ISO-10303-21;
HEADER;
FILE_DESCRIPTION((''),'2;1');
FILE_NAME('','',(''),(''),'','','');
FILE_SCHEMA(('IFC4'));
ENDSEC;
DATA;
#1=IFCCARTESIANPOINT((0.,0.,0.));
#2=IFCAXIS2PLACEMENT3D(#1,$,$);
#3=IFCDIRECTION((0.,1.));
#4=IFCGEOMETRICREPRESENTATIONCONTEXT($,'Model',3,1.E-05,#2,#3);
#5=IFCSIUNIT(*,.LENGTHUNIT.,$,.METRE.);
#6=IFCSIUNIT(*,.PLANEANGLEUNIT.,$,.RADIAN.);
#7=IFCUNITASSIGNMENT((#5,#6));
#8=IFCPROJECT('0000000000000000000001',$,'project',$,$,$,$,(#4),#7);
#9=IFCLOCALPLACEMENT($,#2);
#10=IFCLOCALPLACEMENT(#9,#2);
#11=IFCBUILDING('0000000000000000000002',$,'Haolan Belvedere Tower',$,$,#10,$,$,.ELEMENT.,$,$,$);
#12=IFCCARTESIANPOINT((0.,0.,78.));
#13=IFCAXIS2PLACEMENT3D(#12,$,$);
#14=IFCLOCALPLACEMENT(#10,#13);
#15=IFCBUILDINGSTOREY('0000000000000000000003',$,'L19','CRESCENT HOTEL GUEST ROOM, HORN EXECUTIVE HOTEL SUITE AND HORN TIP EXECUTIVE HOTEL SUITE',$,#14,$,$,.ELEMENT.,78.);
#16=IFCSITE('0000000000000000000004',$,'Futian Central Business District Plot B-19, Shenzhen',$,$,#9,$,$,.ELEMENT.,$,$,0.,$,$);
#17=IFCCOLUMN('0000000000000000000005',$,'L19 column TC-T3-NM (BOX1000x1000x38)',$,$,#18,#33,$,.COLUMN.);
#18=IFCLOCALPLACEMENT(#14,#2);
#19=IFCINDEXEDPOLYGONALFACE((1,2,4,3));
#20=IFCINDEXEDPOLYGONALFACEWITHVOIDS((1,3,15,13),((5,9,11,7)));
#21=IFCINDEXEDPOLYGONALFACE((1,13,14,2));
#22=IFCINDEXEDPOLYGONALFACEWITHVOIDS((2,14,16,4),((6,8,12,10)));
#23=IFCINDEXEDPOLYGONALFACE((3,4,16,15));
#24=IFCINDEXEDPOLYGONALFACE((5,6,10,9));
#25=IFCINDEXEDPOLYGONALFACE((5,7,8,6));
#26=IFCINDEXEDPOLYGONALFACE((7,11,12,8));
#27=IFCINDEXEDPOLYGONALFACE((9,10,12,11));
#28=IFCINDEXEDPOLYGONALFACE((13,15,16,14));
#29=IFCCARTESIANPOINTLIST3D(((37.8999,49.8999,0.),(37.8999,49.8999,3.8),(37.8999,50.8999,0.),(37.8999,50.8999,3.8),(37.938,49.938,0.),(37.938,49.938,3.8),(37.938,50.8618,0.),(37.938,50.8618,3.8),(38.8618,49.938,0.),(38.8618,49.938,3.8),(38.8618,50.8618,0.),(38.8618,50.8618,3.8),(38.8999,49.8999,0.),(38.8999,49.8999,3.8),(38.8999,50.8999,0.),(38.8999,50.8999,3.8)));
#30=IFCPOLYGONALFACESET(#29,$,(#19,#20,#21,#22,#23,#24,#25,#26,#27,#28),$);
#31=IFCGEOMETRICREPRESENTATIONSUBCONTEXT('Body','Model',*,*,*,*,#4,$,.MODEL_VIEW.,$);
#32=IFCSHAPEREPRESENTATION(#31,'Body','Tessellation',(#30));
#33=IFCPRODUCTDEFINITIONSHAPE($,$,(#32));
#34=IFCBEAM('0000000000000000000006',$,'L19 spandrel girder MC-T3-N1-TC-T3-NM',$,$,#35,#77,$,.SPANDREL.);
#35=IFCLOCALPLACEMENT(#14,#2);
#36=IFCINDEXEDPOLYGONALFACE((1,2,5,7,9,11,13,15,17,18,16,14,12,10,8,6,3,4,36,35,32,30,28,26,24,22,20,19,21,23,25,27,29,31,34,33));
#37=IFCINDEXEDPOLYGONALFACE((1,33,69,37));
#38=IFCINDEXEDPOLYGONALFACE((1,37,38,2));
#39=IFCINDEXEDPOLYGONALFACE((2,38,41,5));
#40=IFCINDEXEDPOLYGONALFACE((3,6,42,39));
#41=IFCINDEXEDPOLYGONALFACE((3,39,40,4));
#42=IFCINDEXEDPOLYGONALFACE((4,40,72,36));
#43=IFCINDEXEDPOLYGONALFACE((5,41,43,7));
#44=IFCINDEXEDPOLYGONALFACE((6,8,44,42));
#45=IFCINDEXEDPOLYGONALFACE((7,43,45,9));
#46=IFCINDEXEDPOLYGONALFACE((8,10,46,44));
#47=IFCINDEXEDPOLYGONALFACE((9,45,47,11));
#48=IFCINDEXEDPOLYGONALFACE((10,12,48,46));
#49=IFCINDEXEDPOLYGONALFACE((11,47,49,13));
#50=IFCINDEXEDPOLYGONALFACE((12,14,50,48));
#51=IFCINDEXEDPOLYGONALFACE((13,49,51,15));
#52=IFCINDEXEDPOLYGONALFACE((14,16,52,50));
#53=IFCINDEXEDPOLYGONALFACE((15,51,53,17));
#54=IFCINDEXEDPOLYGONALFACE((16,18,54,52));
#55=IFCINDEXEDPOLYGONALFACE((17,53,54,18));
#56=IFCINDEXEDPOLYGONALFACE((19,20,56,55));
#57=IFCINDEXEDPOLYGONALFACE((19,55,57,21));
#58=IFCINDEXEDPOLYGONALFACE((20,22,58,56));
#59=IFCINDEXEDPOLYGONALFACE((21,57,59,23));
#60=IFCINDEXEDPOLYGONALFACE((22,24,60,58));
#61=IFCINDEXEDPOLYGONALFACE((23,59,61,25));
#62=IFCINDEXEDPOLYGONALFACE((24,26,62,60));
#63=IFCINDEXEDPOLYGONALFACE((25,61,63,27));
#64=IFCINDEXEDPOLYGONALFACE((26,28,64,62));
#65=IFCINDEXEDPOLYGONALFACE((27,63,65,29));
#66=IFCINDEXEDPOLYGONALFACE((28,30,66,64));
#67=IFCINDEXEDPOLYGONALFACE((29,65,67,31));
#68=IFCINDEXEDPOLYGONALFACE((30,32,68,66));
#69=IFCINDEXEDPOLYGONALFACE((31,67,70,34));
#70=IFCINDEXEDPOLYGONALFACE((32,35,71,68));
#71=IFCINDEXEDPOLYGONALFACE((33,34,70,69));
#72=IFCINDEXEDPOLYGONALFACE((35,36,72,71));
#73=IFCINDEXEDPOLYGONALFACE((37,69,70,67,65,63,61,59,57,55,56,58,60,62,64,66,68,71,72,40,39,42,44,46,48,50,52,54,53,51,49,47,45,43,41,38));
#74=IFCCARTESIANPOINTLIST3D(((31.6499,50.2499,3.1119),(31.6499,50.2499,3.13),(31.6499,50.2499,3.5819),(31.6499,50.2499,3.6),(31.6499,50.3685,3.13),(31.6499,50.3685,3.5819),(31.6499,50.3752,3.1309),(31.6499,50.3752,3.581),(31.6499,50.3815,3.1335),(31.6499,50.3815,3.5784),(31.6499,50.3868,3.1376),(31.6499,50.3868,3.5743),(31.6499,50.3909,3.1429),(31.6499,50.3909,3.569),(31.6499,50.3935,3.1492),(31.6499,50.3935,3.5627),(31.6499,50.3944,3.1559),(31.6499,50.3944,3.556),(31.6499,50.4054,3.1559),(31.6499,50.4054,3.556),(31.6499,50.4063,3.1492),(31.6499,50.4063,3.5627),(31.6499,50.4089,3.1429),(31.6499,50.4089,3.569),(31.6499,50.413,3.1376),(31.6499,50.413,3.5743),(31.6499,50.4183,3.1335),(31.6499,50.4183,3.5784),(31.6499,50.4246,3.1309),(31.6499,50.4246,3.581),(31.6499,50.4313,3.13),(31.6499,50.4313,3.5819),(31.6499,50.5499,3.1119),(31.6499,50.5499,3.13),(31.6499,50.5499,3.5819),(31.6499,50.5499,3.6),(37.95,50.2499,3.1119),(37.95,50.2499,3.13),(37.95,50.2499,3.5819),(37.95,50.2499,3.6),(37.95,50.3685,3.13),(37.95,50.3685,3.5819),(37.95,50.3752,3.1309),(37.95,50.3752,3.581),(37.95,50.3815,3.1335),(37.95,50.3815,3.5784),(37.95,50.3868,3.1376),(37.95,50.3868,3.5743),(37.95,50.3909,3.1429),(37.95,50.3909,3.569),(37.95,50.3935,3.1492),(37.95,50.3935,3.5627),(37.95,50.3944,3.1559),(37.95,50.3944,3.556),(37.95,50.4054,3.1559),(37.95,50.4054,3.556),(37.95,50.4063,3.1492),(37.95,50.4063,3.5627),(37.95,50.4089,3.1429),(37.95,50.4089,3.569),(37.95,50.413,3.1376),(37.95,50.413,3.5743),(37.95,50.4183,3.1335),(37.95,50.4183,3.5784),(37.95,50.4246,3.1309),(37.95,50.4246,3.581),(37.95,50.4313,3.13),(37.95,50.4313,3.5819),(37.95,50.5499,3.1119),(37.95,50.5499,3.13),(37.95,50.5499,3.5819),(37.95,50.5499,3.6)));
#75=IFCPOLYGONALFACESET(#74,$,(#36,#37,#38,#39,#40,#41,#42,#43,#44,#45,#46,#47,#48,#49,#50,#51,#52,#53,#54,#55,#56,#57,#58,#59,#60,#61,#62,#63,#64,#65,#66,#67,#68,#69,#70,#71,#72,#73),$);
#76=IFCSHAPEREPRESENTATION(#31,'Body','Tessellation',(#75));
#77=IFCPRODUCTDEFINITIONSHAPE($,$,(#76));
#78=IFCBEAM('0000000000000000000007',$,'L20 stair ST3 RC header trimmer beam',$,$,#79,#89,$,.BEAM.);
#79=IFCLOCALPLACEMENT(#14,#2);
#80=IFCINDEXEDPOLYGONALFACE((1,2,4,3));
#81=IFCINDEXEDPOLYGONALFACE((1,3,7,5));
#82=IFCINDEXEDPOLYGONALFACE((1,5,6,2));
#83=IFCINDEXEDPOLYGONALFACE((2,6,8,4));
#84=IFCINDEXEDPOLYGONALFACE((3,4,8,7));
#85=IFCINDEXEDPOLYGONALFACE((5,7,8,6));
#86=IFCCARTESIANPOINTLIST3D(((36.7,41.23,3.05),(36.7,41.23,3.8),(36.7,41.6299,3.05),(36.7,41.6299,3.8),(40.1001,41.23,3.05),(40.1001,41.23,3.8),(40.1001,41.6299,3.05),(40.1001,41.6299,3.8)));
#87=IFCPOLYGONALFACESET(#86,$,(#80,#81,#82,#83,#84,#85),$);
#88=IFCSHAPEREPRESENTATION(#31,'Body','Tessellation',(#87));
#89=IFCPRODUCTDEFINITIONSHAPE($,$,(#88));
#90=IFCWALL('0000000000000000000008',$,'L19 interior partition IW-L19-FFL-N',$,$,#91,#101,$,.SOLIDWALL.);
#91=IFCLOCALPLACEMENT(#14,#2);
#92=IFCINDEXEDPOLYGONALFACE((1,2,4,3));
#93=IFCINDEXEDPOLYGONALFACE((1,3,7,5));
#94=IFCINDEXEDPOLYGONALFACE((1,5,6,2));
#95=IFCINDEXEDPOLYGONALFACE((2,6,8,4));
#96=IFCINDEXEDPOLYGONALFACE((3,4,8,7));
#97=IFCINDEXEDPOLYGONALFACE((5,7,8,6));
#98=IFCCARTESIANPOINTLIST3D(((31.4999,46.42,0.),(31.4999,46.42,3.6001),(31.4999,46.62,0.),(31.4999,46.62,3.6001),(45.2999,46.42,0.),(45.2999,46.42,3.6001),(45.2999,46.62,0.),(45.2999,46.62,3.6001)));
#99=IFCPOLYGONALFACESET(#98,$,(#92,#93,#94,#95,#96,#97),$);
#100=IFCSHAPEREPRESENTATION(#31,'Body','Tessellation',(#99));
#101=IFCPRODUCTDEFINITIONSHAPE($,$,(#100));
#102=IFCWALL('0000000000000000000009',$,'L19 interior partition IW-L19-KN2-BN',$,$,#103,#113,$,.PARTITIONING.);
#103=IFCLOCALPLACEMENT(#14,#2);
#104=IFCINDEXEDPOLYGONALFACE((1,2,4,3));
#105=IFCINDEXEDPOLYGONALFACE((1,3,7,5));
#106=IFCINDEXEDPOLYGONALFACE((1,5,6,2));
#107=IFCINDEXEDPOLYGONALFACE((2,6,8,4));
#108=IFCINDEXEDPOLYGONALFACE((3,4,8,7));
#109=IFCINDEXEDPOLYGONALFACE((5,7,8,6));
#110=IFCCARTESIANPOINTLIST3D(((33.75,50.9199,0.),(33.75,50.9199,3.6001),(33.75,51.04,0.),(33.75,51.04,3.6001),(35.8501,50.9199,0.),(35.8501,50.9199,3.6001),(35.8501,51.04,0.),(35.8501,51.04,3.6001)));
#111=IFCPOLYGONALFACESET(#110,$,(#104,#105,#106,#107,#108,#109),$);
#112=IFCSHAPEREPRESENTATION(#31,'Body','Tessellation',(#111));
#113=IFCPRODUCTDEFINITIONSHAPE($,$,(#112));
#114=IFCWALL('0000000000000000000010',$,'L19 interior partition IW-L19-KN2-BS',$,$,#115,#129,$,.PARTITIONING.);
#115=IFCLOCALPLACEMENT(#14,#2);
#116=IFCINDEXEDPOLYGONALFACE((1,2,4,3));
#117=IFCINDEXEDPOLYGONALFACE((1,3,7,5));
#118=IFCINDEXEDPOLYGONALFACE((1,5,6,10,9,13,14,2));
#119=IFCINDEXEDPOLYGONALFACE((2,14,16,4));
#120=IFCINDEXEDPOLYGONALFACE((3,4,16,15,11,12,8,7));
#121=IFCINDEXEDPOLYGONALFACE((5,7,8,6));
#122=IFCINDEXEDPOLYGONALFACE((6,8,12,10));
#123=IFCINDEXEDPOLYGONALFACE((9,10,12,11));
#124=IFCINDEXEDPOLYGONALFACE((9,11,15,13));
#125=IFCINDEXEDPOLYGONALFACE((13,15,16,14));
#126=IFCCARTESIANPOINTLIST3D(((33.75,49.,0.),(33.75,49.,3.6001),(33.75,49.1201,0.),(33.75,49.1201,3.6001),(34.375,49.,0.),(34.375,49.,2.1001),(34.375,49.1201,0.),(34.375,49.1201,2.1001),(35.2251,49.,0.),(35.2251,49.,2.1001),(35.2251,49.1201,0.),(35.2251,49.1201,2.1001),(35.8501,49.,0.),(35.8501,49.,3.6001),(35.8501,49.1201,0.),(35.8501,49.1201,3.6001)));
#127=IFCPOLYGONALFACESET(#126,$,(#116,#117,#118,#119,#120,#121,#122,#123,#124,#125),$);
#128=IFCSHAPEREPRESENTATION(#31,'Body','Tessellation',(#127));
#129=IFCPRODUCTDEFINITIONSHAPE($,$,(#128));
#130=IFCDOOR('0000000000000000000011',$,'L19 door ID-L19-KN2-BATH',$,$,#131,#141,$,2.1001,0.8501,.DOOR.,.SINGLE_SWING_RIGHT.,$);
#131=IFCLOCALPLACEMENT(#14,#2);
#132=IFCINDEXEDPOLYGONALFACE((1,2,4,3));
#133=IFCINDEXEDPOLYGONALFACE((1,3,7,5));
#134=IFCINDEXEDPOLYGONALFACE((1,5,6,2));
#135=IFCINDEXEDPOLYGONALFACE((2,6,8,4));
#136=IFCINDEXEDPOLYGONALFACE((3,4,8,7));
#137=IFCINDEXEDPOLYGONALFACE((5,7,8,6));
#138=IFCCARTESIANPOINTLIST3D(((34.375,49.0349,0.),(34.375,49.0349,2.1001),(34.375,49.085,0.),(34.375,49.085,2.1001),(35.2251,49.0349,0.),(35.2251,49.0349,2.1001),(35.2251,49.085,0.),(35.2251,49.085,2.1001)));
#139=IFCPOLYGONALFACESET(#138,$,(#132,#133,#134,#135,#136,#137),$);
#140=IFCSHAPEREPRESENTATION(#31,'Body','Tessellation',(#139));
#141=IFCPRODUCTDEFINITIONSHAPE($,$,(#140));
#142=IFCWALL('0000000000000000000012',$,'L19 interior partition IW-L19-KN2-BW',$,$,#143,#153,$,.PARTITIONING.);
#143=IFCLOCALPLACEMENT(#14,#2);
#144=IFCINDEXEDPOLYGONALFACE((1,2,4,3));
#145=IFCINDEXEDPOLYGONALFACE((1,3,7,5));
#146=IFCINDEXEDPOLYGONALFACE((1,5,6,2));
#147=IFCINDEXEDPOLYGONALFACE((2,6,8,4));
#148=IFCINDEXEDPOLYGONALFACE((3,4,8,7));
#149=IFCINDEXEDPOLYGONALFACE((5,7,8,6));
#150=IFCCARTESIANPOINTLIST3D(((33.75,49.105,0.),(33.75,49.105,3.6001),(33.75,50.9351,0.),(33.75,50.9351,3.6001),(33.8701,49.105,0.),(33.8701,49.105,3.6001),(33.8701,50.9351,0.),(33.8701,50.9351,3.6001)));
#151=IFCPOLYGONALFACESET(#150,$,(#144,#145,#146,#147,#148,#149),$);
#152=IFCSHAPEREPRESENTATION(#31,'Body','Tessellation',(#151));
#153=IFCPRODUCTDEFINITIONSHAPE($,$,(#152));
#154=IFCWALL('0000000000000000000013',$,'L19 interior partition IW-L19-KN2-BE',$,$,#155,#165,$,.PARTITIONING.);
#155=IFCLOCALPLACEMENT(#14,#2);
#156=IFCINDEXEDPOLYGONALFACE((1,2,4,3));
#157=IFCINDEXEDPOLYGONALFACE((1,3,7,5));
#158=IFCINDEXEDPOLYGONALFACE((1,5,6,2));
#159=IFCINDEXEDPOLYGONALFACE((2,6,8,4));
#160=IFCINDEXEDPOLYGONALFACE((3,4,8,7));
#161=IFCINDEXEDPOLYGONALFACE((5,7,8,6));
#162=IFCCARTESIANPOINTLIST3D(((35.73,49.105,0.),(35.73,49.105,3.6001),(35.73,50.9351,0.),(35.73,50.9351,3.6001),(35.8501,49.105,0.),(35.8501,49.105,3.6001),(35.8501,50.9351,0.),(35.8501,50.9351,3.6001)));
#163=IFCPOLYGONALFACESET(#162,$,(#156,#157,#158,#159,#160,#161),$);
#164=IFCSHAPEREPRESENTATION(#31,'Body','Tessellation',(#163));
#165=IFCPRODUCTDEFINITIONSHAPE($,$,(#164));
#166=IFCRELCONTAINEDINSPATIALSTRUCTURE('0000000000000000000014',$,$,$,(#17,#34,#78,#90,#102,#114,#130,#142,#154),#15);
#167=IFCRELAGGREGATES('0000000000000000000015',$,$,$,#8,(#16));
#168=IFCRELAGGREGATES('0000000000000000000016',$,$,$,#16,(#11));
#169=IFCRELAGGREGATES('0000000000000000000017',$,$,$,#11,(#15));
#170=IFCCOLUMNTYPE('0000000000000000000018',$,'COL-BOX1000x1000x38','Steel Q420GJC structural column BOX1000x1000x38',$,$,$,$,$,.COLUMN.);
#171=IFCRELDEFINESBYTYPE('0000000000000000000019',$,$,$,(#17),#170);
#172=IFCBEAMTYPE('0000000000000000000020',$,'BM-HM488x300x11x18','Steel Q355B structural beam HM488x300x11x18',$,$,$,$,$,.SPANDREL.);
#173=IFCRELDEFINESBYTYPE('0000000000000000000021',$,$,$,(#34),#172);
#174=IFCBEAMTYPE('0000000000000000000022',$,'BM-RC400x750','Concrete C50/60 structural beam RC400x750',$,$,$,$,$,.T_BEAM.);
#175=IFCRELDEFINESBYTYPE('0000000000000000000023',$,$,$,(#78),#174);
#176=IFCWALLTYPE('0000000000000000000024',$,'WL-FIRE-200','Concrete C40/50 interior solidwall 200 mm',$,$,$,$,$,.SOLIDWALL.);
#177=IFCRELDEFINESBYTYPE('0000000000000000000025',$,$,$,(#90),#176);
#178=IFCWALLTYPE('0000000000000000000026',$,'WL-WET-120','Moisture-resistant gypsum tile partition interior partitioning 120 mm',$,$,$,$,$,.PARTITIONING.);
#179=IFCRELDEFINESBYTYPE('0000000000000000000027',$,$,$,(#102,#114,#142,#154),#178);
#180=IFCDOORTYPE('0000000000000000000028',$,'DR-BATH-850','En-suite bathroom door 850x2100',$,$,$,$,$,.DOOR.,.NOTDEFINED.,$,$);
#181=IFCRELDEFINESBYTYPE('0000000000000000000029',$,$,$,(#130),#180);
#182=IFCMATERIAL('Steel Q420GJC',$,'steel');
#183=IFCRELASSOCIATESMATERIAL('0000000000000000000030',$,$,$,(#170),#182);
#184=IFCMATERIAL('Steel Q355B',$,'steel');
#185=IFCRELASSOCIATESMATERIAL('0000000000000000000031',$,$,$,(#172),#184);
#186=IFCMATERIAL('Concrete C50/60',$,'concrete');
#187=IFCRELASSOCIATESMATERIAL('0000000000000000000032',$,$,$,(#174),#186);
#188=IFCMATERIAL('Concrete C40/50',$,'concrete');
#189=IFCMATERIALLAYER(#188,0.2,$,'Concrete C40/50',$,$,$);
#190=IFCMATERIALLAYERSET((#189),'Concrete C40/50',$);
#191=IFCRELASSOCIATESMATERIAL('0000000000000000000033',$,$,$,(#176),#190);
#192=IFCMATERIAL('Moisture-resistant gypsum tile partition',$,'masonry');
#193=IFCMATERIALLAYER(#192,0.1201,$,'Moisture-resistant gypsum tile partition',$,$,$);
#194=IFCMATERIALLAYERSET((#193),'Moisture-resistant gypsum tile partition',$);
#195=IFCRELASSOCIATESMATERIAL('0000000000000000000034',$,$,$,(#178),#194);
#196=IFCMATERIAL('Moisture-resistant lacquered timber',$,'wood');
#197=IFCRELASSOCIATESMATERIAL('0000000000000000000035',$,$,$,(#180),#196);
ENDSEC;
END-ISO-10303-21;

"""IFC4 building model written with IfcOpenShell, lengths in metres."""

from ifc_helpers import new_model, si_unit, direction, frame, frame_2d, origin, origin_2d, place, context, subcontext, project, spatial, rectangle, hollow_rectangle, i_section, extrude, material, layer, layer_set, material_profile, profile_set, type_object, element, fill, save


model = new_model("IFC4")

# Units and contexts
model_context = context("Model", 3, precision=1e-05, world=origin(), true_north=direction((0.0, 1.0)))
body_context = subcontext(model_context, "Body", "Model", "MODEL_VIEW")
ifc_project = project(units=[si_unit("LENGTHUNIT", "METRE"), si_unit("PLANEANGLEUNIT", "RADIAN")], contexts=[model_context])

# Site, building, storey
site_placement = place(None, origin())
site = spatial("IfcSite", under=ifc_project, at=site_placement, Name="Futian Central Business District Plot B-19, Shenzhen", CompositionType="ELEMENT", RefElevation=0.0)
building_placement = place(site_placement, origin())
building = spatial("IfcBuilding", under=site, at=building_placement, Name="Haolan Belvedere Tower", CompositionType="ELEMENT")
storey_placement = place(building_placement, frame((0.0, 0.0, 78.0)))
storey = spatial("IfcBuildingStorey", under=building, at=storey_placement, Name="L19", Description="CRESCENT HOTEL GUEST ROOM, HORN EXECUTIVE HOTEL SUITE AND HORN TIP EXECUTIVE HOTEL SUITE", CompositionType="ELEMENT", Elevation=78.0)

# Column
ifc_material_1 = material(Name="Steel Q420GJC", Category="steel")
ifc_material_profile_1 = material_profile(ifc_material_1, hollow_rectangle(XDim=1.0, YDim=1.0, WallThickness=0.0381, at=origin_2d()), Name="Steel Q420GJC")
ifc_profile_set_1 = profile_set([ifc_material_profile_1], Name="Steel Q420GJC")
column_type = type_object("IfcColumnType", Name="COL-BOX1000x1000x38", Description="Steel Q420GJC structural column BOX1000x1000x38", PredefinedType="COLUMN", material=ifc_profile_set_1)
column_placement = place(storey_placement, frame((38.3999, 50.3999, 0.0), z_axis=(0.0, 0.0, 1.0), x_axis=(1.0, 0.0, 0.0)))
element("IfcColumn", 1, at=column_placement, inside=storey, type_object=column_type, Name="L19 column TC-T3-NM (BOX1000x1000x38)", PredefinedType="COLUMN", context=body_context, shape_type="SweptSolid", body=[
    extrude(hollow_rectangle(XDim=1.0, YDim=1.0, WallThickness=0.0381, at=origin_2d()), origin(), (0.0, 0.0, 1.0), 3.8),
])

# Beams
ifc_material_2 = material(Name="Steel Q355B", Category="steel")
ifc_material_profile_2 = material_profile(ifc_material_2, i_section(OverallWidth=0.3, OverallDepth=0.488, WebThickness=0.011, FlangeThickness=0.0181, FilletRadius=0.0259, at=origin_2d()), Name="Steel Q355B")
ifc_profile_set_2 = profile_set([ifc_material_profile_2], Name="Steel Q355B")
beam_type_1 = type_object("IfcBeamType", Name="BM-HM488x300x11x18", Description="Steel Q355B structural beam HM488x300x11x18", PredefinedType="SPANDREL", material=ifc_profile_set_2)
beam_1_placement = place(storey_placement, frame((31.6499, 50.3999, 3.356), z_axis=(1.0, 0.0, 0.0), x_axis=(0.0, 1.0, 0.0)))
element("IfcBeam", 2, at=beam_1_placement, inside=storey, type_object=beam_type_1, Name="L19 spandrel girder MC-T3-N1-TC-T3-NM", PredefinedType="SPANDREL", context=body_context, shape_type="SweptSolid", body=[
    extrude(i_section(OverallWidth=0.3, OverallDepth=0.488, WebThickness=0.011, FlangeThickness=0.0181, FilletRadius=0.0259, at=origin_2d()), origin(), (0.0, 0.0, 1.0), 6.3),
])
ifc_material_3 = material(Name="Concrete C50/60", Category="concrete")
ifc_material_profile_3 = material_profile(ifc_material_3, rectangle(XDim=0.3999, YDim=0.75, at=origin_2d()), Name="Concrete C50/60")
ifc_profile_set_3 = profile_set([ifc_material_profile_3], Name="Concrete C50/60")
beam_type_2 = type_object("IfcBeamType", Name="BM-RC400x750", Description="Concrete C50/60 structural beam RC400x750", PredefinedType="T_BEAM", material=ifc_profile_set_3)
beam_2_placement = place(storey_placement, frame((36.7, 41.4299, 3.425), z_axis=(1.0, 0.0, 0.0), x_axis=(0.0, 1.0, 0.0)))
element("IfcBeam", 3, at=beam_2_placement, inside=storey, type_object=beam_type_2, Name="L20 stair ST3 RC header trimmer beam", PredefinedType="BEAM", context=body_context, shape_type="SweptSolid", body=[
    extrude(rectangle(XDim=0.3999, YDim=0.75, at=origin_2d()), origin(), (0.0, 0.0, 1.0), 3.4001),
])

# Walls
ifc_material_4 = material(Name="Concrete C40/50", Category="concrete")
ifc_layer_1 = layer(ifc_material_4, 0.2, Name="Concrete C40/50")
ifc_layer_set_1 = layer_set([ifc_layer_1], Name="Concrete C40/50")
wall_type_1 = type_object("IfcWallType", Name="WL-FIRE-200", Description="Concrete C40/50 interior solidwall 200 mm", PredefinedType="SOLIDWALL", material=ifc_layer_set_1)
wall_1_placement = place(storey_placement, frame((31.5, 46.52, 0.0), z_axis=(0.0, 0.0, 1.0), x_axis=(1.0, 0.0, 0.0)))
element("IfcWall", 4, at=wall_1_placement, inside=storey, type_object=wall_type_1, Name="L19 interior partition IW-L19-FFL-N", PredefinedType="SOLIDWALL", context=body_context, shape_type="SweptSolid", body=[
    extrude(rectangle(XDim=13.8, YDim=0.2, at=frame_2d((6.8999, 0.0))), origin(), (0.0, 0.0, 1.0), 3.6001),
])
ifc_material_5 = material(Name="Moisture-resistant gypsum tile partition", Category="masonry")
ifc_layer_2 = layer(ifc_material_5, 0.1201, Name="Moisture-resistant gypsum tile partition")
ifc_layer_set_2 = layer_set([ifc_layer_2], Name="Moisture-resistant gypsum tile partition")
wall_type_2 = type_object("IfcWallType", Name="WL-WET-120", Description="Moisture-resistant gypsum tile partition interior partitioning 120 mm", PredefinedType="PARTITIONING", material=ifc_layer_set_2)
wall_2_placement = place(storey_placement, frame((33.75, 50.98, 0.0), z_axis=(0.0, 0.0, 1.0), x_axis=(1.0, 0.0, 0.0)))
element("IfcWall", 5, at=wall_2_placement, inside=storey, type_object=wall_type_2, Name="L19 interior partition IW-L19-KN2-BN", PredefinedType="PARTITIONING", context=body_context, shape_type="SweptSolid", body=[
    extrude(rectangle(XDim=2.1001, YDim=0.1201, at=frame_2d((1.05, 0.0))), origin(), (0.0, 0.0, 1.0), 3.6001),
])

# Wall, opening, door
wall_3_placement = place(storey_placement, frame((33.75, 49.0601, 0.0), z_axis=(0.0, 0.0, 1.0), x_axis=(1.0, 0.0, 0.0)))
wall_3 = element("IfcWall", 6, at=wall_3_placement, inside=storey, type_object=wall_type_2, Name="L19 interior partition IW-L19-KN2-BS", PredefinedType="PARTITIONING", context=body_context, shape_type="SweptSolid", body=[
    extrude(rectangle(XDim=2.1001, YDim=0.1201, at=frame_2d((1.05, 0.0))), origin(), (0.0, 0.0, 1.0), 3.6001),
])
opening_placement = place(wall_3_placement, frame((0.625, 0.0, 0.0)))
opening = element("IfcOpeningElement", 7, at=opening_placement, cuts=wall_3, PredefinedType="OPENING", context=body_context, shape_type="SweptSolid", body=[
    extrude(rectangle(XDim=0.8501, YDim=2.1001, at=frame_2d((0.425, 1.05))), frame((0.0, 0.0701, 0.0), z_axis=(0.0, -1.0, 0.0), x_axis=(1.0, 0.0, 0.0)), (0.0, 0.0, 1.0), 0.1401),
])
ifc_material_6 = material(Name="Moisture-resistant lacquered timber", Category="wood")
door_type = type_object("IfcDoorType", Name="DR-BATH-850", Description="En-suite bathroom door 850x2100", OperationType="NOTDEFINED", PredefinedType="DOOR", material=ifc_material_6)
door_placement = place(opening_placement, origin())
door = element("IfcDoor", 8, at=door_placement, inside=storey, type_object=door_type, Name="L19 door ID-L19-KN2-BATH", OperationType="SINGLE_SWING_RIGHT", OverallHeight=2.1001, OverallWidth=0.8501, PredefinedType="DOOR", context=body_context, shape_type="SweptSolid", body=[
    extrude(rectangle(XDim=0.8501, YDim=2.1001, at=frame_2d((0.425, 1.05))), frame((0.0, 0.0249, 0.0), z_axis=(0.0, -1.0, 0.0), x_axis=(1.0, 0.0, 0.0)), (0.0, 0.0, 1.0), 0.05),
])
fill(opening, door)

# Walls
for number, where, z_axis, x_axis, name in (
    (9, (33.8101, 49.105, 0.0), (0.0, 0.0, 1.0), (0.0, 1.0, 0.0), "L19 interior partition IW-L19-KN2-BW"),
    (10, (35.79, 49.105, 0.0), (0.0, 0.0, 1.0), (0.0, 1.0, 0.0), "L19 interior partition IW-L19-KN2-BE"),
):
    element("IfcWall", number, at=place(storey_placement, frame(where, z_axis=z_axis, x_axis=x_axis)), inside=storey, type_object=wall_type_2, Name=name, PredefinedType="PARTITIONING", context=body_context, shape_type="SweptSolid", body=[
        extrude(rectangle(XDim=1.8301, YDim=0.1201, at=frame_2d((0.915, 0.0))), origin(), (0.0, 0.0, 1.0), 3.6001),
    ])

save(model, "model.ifc")
